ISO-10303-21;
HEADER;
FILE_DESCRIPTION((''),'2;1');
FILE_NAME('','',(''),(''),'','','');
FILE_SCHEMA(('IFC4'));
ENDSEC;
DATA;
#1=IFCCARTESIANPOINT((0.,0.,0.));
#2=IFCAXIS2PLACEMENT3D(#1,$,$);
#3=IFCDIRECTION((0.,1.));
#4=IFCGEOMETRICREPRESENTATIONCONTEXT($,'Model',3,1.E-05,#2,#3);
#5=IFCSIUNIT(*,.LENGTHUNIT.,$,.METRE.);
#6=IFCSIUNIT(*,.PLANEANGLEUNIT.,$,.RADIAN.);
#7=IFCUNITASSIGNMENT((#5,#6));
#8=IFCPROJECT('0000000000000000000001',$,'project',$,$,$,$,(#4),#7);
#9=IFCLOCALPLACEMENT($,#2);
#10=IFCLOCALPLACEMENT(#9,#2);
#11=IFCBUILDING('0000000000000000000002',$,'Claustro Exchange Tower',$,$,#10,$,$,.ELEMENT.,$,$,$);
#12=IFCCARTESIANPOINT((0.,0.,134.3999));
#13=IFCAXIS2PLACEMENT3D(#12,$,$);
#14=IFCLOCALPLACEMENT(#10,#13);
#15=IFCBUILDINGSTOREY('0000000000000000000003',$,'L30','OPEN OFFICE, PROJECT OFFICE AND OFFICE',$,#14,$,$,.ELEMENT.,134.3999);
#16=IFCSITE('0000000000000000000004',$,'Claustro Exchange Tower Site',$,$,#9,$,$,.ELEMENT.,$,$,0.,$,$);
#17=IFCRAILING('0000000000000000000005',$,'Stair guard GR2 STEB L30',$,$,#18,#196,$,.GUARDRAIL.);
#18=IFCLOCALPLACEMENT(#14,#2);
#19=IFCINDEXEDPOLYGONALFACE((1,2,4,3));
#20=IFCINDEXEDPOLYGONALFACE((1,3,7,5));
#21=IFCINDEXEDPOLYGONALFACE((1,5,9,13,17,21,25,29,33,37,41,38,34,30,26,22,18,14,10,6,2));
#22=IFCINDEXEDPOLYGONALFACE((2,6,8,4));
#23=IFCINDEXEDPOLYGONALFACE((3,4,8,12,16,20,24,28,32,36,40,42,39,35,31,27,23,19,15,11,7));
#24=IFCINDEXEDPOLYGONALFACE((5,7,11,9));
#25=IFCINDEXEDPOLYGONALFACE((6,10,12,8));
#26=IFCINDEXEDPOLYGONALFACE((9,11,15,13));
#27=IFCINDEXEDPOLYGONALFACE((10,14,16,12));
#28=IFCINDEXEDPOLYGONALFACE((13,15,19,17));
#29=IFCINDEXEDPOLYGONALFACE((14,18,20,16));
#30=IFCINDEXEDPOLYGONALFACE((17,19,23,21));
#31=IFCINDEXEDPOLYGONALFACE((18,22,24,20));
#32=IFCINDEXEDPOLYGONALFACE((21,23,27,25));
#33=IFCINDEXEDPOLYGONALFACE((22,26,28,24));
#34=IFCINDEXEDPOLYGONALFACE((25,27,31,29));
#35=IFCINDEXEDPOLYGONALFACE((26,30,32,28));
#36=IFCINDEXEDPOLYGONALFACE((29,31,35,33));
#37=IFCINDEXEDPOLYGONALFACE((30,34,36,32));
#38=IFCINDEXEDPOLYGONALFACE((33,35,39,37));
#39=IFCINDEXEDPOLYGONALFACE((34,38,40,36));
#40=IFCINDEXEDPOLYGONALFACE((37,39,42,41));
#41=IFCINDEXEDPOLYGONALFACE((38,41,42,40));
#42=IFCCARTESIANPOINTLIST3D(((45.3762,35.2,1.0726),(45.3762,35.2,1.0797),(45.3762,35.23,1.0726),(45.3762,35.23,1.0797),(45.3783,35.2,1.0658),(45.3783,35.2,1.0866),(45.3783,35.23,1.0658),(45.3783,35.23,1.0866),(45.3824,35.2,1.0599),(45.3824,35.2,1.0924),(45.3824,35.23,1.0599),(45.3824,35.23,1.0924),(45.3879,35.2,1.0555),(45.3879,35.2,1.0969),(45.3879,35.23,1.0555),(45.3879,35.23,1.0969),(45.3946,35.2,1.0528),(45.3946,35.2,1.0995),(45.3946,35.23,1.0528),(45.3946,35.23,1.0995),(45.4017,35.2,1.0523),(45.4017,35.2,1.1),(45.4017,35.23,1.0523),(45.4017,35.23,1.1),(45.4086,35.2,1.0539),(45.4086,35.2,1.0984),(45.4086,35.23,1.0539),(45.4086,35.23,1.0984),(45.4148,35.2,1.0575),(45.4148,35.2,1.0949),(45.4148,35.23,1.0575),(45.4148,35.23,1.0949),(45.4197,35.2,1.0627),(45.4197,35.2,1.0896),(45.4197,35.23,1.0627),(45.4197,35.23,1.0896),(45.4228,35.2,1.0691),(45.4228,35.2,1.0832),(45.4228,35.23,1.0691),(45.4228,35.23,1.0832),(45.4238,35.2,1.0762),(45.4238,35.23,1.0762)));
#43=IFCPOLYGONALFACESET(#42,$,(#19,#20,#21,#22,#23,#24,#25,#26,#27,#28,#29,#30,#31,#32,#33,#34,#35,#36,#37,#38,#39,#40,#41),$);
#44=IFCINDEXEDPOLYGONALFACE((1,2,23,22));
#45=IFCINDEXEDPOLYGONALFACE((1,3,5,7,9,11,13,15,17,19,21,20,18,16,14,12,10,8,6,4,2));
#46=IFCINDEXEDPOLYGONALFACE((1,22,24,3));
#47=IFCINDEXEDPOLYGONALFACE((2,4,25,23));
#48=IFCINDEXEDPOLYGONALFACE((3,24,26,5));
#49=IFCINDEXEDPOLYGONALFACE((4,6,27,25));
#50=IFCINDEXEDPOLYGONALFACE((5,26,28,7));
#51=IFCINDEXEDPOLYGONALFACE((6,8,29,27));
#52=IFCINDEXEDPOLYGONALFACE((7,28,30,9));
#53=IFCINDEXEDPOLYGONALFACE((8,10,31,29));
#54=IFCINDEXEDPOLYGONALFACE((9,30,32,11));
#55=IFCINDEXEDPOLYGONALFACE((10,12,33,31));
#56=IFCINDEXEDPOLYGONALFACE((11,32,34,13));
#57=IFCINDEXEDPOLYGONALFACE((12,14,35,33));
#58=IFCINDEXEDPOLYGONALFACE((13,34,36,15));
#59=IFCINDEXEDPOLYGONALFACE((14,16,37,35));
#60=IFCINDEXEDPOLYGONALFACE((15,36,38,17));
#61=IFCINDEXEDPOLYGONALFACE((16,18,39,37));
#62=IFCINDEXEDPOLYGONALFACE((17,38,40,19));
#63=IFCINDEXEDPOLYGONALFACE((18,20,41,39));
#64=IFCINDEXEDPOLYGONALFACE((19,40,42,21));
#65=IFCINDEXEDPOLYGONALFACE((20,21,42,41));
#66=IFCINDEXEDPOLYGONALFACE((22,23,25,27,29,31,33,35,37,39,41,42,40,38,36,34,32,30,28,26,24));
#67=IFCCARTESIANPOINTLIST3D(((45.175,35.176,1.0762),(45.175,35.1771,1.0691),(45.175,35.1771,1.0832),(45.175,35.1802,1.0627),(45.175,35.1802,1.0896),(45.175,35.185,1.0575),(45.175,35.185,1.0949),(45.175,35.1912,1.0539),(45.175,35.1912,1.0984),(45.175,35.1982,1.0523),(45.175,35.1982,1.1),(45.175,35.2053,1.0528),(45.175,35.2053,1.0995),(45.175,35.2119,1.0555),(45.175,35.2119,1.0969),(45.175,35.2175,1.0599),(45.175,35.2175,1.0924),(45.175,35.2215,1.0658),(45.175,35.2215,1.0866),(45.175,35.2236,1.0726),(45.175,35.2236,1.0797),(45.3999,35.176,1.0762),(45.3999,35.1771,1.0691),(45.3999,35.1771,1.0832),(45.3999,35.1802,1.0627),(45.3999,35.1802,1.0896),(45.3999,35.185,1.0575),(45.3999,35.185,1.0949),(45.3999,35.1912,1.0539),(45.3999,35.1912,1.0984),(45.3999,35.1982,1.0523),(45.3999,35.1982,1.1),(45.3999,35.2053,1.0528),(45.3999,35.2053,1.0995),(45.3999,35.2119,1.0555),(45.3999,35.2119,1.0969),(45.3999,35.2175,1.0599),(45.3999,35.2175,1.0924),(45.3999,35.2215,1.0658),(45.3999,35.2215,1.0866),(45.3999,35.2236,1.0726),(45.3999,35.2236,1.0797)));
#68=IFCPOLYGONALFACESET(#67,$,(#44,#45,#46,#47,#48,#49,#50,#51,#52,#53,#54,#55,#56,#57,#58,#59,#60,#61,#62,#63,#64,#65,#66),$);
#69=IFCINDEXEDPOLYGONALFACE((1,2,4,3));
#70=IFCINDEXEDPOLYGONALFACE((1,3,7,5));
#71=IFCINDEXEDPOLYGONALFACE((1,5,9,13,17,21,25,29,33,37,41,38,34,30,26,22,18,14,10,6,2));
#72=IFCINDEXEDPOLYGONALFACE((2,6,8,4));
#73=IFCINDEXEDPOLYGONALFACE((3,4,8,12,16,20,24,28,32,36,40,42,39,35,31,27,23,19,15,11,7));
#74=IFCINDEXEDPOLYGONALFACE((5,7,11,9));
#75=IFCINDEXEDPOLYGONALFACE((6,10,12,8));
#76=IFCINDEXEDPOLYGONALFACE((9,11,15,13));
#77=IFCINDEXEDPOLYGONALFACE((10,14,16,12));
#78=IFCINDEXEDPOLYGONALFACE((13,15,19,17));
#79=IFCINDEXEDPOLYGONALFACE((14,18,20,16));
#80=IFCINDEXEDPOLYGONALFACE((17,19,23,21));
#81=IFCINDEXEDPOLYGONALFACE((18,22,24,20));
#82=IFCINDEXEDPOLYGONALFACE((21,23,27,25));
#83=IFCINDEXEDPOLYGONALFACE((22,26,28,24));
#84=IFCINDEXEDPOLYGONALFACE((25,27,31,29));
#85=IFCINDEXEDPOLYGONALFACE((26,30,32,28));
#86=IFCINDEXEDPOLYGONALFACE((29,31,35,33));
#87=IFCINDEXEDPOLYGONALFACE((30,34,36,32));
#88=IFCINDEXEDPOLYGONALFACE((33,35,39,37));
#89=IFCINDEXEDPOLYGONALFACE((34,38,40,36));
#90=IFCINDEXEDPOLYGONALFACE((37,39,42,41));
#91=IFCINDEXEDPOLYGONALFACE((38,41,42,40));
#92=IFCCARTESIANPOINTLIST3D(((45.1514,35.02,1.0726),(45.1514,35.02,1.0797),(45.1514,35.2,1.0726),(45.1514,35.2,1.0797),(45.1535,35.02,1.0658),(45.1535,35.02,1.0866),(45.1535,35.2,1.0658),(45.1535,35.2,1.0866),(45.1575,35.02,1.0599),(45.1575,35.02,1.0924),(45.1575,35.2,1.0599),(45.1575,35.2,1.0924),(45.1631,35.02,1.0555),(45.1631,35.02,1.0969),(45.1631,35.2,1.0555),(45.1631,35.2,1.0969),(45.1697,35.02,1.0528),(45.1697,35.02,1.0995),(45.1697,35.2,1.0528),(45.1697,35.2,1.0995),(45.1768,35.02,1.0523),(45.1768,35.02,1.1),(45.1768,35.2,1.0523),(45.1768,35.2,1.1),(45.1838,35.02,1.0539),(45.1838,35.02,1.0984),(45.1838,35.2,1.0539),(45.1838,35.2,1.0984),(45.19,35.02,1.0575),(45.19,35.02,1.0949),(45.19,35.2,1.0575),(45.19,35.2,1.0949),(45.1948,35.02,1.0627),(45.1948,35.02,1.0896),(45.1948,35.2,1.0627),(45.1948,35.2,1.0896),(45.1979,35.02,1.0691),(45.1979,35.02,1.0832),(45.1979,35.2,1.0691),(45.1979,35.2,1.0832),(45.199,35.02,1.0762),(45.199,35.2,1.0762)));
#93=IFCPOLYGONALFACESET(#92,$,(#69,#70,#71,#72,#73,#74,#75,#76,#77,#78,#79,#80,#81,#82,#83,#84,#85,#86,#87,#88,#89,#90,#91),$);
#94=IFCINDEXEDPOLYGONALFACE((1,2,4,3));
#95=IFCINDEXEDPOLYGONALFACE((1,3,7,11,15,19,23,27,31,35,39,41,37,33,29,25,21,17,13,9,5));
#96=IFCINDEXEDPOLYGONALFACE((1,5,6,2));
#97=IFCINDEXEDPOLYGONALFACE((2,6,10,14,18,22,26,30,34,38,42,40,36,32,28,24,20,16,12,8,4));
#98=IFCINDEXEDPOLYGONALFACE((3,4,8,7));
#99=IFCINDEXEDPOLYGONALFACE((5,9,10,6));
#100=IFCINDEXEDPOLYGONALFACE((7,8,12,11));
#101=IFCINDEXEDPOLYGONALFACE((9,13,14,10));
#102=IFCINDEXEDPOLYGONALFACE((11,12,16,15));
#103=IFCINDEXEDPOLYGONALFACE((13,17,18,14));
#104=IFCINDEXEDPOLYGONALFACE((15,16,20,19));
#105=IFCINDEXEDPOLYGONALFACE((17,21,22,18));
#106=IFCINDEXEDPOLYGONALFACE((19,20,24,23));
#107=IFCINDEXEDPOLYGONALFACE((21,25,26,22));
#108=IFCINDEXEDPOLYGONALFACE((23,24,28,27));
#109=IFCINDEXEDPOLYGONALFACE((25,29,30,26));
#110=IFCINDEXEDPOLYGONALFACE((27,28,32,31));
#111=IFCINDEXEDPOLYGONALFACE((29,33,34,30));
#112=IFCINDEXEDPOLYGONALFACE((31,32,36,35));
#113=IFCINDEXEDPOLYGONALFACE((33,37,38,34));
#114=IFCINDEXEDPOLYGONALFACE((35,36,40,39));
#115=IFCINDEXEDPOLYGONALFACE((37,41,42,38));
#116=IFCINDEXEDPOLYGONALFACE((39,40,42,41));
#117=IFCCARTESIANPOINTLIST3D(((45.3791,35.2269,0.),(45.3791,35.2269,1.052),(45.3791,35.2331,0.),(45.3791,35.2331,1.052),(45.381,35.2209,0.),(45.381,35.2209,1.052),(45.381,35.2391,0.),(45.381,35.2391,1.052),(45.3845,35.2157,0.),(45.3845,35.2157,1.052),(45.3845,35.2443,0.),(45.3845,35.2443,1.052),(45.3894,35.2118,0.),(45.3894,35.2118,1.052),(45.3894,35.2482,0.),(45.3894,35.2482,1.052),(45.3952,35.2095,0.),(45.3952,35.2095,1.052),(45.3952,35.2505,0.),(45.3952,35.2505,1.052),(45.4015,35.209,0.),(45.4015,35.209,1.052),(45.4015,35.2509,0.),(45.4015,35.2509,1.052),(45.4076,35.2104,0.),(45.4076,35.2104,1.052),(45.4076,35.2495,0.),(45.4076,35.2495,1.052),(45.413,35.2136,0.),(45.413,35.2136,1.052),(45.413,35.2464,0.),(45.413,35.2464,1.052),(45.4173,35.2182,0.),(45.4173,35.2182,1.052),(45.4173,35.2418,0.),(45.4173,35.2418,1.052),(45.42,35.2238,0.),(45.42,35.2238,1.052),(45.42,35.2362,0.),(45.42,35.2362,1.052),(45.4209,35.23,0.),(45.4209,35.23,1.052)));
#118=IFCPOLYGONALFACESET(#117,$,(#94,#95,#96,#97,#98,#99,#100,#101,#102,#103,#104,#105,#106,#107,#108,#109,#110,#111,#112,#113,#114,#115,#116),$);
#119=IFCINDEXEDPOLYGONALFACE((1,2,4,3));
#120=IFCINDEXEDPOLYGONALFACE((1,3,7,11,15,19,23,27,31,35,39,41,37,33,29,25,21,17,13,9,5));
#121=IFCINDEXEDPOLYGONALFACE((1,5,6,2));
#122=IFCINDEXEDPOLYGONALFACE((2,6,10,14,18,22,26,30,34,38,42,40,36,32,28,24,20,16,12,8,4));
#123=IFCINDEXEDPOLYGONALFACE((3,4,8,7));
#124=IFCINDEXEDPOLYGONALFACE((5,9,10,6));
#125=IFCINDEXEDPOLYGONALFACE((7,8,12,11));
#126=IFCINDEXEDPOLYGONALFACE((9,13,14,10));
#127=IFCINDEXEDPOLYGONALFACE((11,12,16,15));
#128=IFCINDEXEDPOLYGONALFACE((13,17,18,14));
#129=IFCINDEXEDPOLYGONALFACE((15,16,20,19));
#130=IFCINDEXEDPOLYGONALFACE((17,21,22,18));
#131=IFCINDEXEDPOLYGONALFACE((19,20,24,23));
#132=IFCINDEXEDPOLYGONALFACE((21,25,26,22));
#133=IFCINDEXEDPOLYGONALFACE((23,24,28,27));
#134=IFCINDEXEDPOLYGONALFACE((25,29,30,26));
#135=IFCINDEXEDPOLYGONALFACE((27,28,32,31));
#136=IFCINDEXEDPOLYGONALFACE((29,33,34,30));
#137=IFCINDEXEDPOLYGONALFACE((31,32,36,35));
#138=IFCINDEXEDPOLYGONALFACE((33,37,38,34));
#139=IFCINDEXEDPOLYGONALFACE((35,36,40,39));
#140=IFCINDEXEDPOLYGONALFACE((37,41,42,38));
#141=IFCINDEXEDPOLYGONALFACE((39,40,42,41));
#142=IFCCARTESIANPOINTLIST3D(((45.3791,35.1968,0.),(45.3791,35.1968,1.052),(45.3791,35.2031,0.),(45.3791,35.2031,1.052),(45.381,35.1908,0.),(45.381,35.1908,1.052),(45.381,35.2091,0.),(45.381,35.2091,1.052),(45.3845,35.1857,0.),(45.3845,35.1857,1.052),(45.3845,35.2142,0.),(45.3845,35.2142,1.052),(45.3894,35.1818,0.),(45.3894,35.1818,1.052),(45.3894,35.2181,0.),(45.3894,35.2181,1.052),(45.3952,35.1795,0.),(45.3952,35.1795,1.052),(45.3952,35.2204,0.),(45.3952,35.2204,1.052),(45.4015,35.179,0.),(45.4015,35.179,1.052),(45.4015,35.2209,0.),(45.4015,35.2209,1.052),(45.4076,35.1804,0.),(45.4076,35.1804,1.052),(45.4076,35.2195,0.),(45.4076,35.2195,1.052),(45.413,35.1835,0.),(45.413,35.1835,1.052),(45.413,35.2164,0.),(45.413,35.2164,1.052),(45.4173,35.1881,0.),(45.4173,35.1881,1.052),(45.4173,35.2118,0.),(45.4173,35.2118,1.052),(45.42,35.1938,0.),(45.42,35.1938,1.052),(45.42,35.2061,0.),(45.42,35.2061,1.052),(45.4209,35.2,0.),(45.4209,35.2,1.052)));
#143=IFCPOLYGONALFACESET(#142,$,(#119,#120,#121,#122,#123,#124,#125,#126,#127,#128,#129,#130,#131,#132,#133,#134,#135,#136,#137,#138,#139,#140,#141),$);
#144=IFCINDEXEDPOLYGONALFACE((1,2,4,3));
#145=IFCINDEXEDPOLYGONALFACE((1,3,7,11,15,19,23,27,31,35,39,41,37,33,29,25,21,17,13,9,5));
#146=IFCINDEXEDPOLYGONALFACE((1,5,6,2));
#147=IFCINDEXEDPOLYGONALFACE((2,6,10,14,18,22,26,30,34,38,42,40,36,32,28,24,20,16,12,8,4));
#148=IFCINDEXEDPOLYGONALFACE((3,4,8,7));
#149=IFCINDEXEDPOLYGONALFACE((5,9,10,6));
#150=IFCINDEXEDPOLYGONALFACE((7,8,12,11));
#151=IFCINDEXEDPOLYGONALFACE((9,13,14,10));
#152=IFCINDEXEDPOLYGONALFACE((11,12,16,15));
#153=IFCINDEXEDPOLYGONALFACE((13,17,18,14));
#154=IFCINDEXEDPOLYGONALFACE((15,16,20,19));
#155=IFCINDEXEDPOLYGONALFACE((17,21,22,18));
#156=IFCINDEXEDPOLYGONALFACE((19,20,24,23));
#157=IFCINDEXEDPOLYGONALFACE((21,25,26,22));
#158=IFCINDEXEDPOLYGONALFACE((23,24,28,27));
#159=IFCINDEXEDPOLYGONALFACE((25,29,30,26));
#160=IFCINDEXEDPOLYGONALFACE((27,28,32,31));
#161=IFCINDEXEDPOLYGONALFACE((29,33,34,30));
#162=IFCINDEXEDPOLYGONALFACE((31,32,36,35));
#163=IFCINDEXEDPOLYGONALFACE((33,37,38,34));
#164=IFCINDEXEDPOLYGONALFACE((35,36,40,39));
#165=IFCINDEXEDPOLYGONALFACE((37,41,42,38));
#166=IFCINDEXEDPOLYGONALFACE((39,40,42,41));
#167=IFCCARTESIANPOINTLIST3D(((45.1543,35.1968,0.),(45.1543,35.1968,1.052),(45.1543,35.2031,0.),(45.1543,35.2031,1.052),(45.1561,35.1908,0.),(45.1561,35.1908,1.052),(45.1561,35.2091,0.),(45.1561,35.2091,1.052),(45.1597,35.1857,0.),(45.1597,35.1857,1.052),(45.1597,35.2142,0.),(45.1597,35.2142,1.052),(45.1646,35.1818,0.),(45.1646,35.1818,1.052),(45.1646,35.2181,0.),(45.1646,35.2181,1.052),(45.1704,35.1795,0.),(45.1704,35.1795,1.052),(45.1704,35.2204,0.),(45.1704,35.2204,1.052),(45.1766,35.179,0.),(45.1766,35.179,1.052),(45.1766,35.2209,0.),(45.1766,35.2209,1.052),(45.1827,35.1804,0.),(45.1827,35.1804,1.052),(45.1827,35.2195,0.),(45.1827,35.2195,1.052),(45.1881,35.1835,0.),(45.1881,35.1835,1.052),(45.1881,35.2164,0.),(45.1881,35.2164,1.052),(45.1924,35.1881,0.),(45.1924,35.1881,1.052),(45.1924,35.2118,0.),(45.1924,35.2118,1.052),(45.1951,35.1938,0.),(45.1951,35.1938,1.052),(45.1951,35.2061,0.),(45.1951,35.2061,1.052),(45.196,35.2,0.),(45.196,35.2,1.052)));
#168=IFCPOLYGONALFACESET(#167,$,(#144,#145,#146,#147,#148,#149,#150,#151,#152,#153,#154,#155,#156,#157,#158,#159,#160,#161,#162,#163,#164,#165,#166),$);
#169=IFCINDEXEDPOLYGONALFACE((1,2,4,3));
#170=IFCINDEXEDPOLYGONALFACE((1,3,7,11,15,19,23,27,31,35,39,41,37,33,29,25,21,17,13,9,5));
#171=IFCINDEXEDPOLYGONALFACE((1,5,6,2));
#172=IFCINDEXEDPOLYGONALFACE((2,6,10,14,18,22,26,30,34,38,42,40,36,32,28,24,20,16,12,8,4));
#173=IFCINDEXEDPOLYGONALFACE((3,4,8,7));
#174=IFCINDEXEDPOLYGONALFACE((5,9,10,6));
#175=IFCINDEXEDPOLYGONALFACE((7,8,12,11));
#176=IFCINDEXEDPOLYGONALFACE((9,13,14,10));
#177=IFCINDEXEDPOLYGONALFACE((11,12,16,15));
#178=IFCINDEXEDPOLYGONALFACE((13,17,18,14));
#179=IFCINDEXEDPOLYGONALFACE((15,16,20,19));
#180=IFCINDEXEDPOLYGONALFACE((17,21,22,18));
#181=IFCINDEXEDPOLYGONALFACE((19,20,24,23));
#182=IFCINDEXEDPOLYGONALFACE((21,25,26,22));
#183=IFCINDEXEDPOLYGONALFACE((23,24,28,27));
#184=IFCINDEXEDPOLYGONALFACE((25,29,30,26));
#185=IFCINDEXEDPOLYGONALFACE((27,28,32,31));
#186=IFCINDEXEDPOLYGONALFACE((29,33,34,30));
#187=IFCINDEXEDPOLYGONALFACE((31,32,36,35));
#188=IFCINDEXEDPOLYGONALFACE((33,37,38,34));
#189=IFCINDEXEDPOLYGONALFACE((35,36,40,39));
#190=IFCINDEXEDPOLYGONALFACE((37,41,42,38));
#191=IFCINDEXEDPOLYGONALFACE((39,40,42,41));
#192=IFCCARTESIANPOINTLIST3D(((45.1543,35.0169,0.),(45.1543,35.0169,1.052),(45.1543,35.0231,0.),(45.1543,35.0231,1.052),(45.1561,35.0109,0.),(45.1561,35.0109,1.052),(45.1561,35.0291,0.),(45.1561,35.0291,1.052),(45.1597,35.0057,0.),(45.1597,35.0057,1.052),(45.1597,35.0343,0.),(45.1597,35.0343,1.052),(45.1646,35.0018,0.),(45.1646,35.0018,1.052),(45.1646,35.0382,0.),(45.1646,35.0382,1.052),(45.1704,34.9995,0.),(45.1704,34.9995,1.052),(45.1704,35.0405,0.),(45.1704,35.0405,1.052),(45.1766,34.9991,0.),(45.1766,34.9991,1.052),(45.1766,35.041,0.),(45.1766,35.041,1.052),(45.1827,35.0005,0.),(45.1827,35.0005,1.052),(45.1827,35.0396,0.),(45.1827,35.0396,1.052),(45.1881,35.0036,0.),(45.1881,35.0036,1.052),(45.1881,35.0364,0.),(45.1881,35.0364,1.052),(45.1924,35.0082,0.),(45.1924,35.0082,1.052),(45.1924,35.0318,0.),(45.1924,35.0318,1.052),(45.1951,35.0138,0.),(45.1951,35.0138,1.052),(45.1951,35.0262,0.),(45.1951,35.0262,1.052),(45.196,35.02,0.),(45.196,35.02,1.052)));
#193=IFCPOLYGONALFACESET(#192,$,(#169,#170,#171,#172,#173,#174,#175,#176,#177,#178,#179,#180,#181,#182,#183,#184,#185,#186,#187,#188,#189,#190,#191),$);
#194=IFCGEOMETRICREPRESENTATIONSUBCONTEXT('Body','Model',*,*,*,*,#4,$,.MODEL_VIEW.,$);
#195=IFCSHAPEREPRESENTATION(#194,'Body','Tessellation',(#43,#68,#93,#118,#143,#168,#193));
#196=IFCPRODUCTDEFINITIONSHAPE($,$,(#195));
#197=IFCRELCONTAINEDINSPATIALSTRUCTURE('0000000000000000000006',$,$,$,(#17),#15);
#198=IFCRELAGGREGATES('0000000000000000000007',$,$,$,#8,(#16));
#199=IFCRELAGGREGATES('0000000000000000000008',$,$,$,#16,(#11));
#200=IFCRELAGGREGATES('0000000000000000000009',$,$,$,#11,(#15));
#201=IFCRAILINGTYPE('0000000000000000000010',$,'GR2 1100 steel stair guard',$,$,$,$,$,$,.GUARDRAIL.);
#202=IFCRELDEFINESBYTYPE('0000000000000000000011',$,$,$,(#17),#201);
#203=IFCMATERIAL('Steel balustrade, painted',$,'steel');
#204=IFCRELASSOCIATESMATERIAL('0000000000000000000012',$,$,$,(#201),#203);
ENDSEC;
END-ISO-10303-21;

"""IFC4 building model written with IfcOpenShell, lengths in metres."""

from ifc_helpers import new_model, si_unit, direction, frame, origin, origin_2d, place, context, subcontext, project, spatial, circle, extrude, material, type_object, element, save


model = new_model("IFC4")

# Units and contexts
model_context = context("Model", 3, precision=1e-05, world=origin(), true_north=direction((0.0, 1.0)))
body_context = subcontext(model_context, "Body", "Model", "MODEL_VIEW")
ifc_project = project(units=[si_unit("LENGTHUNIT", "METRE"), si_unit("PLANEANGLEUNIT", "RADIAN")], contexts=[model_context])

# Site, building, storey
site_placement = place(None, origin())
site = spatial("IfcSite", under=ifc_project, at=site_placement, Name="Claustro Exchange Tower Site", CompositionType="ELEMENT", RefElevation=0.0)
building_placement = place(site_placement, origin())
building = spatial("IfcBuilding", under=site, at=building_placement, Name="Claustro Exchange Tower", CompositionType="ELEMENT")
storey_placement = place(building_placement, frame((0.0, 0.0, 134.3999)))
storey = spatial("IfcBuildingStorey", under=building, at=storey_placement, Name="L30", Description="OPEN OFFICE, PROJECT OFFICE AND OFFICE", CompositionType="ELEMENT", Elevation=134.3999)

# Railing
ifc_material_1 = material(Name="Steel balustrade, painted", Category="steel")
railing_type_1 = type_object("IfcRailingType", Name="GR2 1100 steel stair guard", PredefinedType="GUARDRAIL", material=ifc_material_1)
railing_1_placement = place(storey_placement, frame((45.3999, 35.23, 0.0)))
element("IfcRailing", 1, at=railing_1_placement, inside=storey, type_object=railing_type_1, Name="Stair guard GR2 STEB L30", PredefinedType="GUARDRAIL", context=body_context, shape_type="SweptSolid", body=[
    extrude(circle(Radius=0.0239, at=origin_2d()), frame((0.0, 0.0, 1.0762), z_axis=(0.0, -1.0, 0.0), x_axis=(1.0, 0.0, 0.0)), (0.0, 0.0, 1.0), 0.03),
    extrude(circle(Radius=0.0239, at=origin_2d()), frame((0.0, -0.03, 1.0762), z_axis=(-1.0, 0.0, 0.0), x_axis=(0.0, -1.0, 0.0)), (0.0, 0.0, 1.0), 0.2249),
    extrude(circle(Radius=0.0239, at=origin_2d()), frame((-0.2249, -0.03, 1.0762), z_axis=(0.0, -1.0, 0.0), x_axis=(1.0, 0.0, 0.0)), (0.0, 0.0, 1.0), 0.1799),
    extrude(circle(Radius=0.021, at=origin_2d()), origin(), (0.0, 0.0, 1.0), 1.052),
    extrude(circle(Radius=0.021, at=origin_2d()), frame((0.0, -0.03, 0.0)), (0.0, 0.0, 1.0), 1.052),
    extrude(circle(Radius=0.021, at=origin_2d()), frame((-0.2249, -0.03, 0.0)), (0.0, 0.0, 1.0), 1.052),
    extrude(circle(Radius=0.021, at=origin_2d()), frame((-0.2249, -0.21, 0.0)), (0.0, 0.0, 1.0), 1.052),
])

save(model, "model.ifc")
